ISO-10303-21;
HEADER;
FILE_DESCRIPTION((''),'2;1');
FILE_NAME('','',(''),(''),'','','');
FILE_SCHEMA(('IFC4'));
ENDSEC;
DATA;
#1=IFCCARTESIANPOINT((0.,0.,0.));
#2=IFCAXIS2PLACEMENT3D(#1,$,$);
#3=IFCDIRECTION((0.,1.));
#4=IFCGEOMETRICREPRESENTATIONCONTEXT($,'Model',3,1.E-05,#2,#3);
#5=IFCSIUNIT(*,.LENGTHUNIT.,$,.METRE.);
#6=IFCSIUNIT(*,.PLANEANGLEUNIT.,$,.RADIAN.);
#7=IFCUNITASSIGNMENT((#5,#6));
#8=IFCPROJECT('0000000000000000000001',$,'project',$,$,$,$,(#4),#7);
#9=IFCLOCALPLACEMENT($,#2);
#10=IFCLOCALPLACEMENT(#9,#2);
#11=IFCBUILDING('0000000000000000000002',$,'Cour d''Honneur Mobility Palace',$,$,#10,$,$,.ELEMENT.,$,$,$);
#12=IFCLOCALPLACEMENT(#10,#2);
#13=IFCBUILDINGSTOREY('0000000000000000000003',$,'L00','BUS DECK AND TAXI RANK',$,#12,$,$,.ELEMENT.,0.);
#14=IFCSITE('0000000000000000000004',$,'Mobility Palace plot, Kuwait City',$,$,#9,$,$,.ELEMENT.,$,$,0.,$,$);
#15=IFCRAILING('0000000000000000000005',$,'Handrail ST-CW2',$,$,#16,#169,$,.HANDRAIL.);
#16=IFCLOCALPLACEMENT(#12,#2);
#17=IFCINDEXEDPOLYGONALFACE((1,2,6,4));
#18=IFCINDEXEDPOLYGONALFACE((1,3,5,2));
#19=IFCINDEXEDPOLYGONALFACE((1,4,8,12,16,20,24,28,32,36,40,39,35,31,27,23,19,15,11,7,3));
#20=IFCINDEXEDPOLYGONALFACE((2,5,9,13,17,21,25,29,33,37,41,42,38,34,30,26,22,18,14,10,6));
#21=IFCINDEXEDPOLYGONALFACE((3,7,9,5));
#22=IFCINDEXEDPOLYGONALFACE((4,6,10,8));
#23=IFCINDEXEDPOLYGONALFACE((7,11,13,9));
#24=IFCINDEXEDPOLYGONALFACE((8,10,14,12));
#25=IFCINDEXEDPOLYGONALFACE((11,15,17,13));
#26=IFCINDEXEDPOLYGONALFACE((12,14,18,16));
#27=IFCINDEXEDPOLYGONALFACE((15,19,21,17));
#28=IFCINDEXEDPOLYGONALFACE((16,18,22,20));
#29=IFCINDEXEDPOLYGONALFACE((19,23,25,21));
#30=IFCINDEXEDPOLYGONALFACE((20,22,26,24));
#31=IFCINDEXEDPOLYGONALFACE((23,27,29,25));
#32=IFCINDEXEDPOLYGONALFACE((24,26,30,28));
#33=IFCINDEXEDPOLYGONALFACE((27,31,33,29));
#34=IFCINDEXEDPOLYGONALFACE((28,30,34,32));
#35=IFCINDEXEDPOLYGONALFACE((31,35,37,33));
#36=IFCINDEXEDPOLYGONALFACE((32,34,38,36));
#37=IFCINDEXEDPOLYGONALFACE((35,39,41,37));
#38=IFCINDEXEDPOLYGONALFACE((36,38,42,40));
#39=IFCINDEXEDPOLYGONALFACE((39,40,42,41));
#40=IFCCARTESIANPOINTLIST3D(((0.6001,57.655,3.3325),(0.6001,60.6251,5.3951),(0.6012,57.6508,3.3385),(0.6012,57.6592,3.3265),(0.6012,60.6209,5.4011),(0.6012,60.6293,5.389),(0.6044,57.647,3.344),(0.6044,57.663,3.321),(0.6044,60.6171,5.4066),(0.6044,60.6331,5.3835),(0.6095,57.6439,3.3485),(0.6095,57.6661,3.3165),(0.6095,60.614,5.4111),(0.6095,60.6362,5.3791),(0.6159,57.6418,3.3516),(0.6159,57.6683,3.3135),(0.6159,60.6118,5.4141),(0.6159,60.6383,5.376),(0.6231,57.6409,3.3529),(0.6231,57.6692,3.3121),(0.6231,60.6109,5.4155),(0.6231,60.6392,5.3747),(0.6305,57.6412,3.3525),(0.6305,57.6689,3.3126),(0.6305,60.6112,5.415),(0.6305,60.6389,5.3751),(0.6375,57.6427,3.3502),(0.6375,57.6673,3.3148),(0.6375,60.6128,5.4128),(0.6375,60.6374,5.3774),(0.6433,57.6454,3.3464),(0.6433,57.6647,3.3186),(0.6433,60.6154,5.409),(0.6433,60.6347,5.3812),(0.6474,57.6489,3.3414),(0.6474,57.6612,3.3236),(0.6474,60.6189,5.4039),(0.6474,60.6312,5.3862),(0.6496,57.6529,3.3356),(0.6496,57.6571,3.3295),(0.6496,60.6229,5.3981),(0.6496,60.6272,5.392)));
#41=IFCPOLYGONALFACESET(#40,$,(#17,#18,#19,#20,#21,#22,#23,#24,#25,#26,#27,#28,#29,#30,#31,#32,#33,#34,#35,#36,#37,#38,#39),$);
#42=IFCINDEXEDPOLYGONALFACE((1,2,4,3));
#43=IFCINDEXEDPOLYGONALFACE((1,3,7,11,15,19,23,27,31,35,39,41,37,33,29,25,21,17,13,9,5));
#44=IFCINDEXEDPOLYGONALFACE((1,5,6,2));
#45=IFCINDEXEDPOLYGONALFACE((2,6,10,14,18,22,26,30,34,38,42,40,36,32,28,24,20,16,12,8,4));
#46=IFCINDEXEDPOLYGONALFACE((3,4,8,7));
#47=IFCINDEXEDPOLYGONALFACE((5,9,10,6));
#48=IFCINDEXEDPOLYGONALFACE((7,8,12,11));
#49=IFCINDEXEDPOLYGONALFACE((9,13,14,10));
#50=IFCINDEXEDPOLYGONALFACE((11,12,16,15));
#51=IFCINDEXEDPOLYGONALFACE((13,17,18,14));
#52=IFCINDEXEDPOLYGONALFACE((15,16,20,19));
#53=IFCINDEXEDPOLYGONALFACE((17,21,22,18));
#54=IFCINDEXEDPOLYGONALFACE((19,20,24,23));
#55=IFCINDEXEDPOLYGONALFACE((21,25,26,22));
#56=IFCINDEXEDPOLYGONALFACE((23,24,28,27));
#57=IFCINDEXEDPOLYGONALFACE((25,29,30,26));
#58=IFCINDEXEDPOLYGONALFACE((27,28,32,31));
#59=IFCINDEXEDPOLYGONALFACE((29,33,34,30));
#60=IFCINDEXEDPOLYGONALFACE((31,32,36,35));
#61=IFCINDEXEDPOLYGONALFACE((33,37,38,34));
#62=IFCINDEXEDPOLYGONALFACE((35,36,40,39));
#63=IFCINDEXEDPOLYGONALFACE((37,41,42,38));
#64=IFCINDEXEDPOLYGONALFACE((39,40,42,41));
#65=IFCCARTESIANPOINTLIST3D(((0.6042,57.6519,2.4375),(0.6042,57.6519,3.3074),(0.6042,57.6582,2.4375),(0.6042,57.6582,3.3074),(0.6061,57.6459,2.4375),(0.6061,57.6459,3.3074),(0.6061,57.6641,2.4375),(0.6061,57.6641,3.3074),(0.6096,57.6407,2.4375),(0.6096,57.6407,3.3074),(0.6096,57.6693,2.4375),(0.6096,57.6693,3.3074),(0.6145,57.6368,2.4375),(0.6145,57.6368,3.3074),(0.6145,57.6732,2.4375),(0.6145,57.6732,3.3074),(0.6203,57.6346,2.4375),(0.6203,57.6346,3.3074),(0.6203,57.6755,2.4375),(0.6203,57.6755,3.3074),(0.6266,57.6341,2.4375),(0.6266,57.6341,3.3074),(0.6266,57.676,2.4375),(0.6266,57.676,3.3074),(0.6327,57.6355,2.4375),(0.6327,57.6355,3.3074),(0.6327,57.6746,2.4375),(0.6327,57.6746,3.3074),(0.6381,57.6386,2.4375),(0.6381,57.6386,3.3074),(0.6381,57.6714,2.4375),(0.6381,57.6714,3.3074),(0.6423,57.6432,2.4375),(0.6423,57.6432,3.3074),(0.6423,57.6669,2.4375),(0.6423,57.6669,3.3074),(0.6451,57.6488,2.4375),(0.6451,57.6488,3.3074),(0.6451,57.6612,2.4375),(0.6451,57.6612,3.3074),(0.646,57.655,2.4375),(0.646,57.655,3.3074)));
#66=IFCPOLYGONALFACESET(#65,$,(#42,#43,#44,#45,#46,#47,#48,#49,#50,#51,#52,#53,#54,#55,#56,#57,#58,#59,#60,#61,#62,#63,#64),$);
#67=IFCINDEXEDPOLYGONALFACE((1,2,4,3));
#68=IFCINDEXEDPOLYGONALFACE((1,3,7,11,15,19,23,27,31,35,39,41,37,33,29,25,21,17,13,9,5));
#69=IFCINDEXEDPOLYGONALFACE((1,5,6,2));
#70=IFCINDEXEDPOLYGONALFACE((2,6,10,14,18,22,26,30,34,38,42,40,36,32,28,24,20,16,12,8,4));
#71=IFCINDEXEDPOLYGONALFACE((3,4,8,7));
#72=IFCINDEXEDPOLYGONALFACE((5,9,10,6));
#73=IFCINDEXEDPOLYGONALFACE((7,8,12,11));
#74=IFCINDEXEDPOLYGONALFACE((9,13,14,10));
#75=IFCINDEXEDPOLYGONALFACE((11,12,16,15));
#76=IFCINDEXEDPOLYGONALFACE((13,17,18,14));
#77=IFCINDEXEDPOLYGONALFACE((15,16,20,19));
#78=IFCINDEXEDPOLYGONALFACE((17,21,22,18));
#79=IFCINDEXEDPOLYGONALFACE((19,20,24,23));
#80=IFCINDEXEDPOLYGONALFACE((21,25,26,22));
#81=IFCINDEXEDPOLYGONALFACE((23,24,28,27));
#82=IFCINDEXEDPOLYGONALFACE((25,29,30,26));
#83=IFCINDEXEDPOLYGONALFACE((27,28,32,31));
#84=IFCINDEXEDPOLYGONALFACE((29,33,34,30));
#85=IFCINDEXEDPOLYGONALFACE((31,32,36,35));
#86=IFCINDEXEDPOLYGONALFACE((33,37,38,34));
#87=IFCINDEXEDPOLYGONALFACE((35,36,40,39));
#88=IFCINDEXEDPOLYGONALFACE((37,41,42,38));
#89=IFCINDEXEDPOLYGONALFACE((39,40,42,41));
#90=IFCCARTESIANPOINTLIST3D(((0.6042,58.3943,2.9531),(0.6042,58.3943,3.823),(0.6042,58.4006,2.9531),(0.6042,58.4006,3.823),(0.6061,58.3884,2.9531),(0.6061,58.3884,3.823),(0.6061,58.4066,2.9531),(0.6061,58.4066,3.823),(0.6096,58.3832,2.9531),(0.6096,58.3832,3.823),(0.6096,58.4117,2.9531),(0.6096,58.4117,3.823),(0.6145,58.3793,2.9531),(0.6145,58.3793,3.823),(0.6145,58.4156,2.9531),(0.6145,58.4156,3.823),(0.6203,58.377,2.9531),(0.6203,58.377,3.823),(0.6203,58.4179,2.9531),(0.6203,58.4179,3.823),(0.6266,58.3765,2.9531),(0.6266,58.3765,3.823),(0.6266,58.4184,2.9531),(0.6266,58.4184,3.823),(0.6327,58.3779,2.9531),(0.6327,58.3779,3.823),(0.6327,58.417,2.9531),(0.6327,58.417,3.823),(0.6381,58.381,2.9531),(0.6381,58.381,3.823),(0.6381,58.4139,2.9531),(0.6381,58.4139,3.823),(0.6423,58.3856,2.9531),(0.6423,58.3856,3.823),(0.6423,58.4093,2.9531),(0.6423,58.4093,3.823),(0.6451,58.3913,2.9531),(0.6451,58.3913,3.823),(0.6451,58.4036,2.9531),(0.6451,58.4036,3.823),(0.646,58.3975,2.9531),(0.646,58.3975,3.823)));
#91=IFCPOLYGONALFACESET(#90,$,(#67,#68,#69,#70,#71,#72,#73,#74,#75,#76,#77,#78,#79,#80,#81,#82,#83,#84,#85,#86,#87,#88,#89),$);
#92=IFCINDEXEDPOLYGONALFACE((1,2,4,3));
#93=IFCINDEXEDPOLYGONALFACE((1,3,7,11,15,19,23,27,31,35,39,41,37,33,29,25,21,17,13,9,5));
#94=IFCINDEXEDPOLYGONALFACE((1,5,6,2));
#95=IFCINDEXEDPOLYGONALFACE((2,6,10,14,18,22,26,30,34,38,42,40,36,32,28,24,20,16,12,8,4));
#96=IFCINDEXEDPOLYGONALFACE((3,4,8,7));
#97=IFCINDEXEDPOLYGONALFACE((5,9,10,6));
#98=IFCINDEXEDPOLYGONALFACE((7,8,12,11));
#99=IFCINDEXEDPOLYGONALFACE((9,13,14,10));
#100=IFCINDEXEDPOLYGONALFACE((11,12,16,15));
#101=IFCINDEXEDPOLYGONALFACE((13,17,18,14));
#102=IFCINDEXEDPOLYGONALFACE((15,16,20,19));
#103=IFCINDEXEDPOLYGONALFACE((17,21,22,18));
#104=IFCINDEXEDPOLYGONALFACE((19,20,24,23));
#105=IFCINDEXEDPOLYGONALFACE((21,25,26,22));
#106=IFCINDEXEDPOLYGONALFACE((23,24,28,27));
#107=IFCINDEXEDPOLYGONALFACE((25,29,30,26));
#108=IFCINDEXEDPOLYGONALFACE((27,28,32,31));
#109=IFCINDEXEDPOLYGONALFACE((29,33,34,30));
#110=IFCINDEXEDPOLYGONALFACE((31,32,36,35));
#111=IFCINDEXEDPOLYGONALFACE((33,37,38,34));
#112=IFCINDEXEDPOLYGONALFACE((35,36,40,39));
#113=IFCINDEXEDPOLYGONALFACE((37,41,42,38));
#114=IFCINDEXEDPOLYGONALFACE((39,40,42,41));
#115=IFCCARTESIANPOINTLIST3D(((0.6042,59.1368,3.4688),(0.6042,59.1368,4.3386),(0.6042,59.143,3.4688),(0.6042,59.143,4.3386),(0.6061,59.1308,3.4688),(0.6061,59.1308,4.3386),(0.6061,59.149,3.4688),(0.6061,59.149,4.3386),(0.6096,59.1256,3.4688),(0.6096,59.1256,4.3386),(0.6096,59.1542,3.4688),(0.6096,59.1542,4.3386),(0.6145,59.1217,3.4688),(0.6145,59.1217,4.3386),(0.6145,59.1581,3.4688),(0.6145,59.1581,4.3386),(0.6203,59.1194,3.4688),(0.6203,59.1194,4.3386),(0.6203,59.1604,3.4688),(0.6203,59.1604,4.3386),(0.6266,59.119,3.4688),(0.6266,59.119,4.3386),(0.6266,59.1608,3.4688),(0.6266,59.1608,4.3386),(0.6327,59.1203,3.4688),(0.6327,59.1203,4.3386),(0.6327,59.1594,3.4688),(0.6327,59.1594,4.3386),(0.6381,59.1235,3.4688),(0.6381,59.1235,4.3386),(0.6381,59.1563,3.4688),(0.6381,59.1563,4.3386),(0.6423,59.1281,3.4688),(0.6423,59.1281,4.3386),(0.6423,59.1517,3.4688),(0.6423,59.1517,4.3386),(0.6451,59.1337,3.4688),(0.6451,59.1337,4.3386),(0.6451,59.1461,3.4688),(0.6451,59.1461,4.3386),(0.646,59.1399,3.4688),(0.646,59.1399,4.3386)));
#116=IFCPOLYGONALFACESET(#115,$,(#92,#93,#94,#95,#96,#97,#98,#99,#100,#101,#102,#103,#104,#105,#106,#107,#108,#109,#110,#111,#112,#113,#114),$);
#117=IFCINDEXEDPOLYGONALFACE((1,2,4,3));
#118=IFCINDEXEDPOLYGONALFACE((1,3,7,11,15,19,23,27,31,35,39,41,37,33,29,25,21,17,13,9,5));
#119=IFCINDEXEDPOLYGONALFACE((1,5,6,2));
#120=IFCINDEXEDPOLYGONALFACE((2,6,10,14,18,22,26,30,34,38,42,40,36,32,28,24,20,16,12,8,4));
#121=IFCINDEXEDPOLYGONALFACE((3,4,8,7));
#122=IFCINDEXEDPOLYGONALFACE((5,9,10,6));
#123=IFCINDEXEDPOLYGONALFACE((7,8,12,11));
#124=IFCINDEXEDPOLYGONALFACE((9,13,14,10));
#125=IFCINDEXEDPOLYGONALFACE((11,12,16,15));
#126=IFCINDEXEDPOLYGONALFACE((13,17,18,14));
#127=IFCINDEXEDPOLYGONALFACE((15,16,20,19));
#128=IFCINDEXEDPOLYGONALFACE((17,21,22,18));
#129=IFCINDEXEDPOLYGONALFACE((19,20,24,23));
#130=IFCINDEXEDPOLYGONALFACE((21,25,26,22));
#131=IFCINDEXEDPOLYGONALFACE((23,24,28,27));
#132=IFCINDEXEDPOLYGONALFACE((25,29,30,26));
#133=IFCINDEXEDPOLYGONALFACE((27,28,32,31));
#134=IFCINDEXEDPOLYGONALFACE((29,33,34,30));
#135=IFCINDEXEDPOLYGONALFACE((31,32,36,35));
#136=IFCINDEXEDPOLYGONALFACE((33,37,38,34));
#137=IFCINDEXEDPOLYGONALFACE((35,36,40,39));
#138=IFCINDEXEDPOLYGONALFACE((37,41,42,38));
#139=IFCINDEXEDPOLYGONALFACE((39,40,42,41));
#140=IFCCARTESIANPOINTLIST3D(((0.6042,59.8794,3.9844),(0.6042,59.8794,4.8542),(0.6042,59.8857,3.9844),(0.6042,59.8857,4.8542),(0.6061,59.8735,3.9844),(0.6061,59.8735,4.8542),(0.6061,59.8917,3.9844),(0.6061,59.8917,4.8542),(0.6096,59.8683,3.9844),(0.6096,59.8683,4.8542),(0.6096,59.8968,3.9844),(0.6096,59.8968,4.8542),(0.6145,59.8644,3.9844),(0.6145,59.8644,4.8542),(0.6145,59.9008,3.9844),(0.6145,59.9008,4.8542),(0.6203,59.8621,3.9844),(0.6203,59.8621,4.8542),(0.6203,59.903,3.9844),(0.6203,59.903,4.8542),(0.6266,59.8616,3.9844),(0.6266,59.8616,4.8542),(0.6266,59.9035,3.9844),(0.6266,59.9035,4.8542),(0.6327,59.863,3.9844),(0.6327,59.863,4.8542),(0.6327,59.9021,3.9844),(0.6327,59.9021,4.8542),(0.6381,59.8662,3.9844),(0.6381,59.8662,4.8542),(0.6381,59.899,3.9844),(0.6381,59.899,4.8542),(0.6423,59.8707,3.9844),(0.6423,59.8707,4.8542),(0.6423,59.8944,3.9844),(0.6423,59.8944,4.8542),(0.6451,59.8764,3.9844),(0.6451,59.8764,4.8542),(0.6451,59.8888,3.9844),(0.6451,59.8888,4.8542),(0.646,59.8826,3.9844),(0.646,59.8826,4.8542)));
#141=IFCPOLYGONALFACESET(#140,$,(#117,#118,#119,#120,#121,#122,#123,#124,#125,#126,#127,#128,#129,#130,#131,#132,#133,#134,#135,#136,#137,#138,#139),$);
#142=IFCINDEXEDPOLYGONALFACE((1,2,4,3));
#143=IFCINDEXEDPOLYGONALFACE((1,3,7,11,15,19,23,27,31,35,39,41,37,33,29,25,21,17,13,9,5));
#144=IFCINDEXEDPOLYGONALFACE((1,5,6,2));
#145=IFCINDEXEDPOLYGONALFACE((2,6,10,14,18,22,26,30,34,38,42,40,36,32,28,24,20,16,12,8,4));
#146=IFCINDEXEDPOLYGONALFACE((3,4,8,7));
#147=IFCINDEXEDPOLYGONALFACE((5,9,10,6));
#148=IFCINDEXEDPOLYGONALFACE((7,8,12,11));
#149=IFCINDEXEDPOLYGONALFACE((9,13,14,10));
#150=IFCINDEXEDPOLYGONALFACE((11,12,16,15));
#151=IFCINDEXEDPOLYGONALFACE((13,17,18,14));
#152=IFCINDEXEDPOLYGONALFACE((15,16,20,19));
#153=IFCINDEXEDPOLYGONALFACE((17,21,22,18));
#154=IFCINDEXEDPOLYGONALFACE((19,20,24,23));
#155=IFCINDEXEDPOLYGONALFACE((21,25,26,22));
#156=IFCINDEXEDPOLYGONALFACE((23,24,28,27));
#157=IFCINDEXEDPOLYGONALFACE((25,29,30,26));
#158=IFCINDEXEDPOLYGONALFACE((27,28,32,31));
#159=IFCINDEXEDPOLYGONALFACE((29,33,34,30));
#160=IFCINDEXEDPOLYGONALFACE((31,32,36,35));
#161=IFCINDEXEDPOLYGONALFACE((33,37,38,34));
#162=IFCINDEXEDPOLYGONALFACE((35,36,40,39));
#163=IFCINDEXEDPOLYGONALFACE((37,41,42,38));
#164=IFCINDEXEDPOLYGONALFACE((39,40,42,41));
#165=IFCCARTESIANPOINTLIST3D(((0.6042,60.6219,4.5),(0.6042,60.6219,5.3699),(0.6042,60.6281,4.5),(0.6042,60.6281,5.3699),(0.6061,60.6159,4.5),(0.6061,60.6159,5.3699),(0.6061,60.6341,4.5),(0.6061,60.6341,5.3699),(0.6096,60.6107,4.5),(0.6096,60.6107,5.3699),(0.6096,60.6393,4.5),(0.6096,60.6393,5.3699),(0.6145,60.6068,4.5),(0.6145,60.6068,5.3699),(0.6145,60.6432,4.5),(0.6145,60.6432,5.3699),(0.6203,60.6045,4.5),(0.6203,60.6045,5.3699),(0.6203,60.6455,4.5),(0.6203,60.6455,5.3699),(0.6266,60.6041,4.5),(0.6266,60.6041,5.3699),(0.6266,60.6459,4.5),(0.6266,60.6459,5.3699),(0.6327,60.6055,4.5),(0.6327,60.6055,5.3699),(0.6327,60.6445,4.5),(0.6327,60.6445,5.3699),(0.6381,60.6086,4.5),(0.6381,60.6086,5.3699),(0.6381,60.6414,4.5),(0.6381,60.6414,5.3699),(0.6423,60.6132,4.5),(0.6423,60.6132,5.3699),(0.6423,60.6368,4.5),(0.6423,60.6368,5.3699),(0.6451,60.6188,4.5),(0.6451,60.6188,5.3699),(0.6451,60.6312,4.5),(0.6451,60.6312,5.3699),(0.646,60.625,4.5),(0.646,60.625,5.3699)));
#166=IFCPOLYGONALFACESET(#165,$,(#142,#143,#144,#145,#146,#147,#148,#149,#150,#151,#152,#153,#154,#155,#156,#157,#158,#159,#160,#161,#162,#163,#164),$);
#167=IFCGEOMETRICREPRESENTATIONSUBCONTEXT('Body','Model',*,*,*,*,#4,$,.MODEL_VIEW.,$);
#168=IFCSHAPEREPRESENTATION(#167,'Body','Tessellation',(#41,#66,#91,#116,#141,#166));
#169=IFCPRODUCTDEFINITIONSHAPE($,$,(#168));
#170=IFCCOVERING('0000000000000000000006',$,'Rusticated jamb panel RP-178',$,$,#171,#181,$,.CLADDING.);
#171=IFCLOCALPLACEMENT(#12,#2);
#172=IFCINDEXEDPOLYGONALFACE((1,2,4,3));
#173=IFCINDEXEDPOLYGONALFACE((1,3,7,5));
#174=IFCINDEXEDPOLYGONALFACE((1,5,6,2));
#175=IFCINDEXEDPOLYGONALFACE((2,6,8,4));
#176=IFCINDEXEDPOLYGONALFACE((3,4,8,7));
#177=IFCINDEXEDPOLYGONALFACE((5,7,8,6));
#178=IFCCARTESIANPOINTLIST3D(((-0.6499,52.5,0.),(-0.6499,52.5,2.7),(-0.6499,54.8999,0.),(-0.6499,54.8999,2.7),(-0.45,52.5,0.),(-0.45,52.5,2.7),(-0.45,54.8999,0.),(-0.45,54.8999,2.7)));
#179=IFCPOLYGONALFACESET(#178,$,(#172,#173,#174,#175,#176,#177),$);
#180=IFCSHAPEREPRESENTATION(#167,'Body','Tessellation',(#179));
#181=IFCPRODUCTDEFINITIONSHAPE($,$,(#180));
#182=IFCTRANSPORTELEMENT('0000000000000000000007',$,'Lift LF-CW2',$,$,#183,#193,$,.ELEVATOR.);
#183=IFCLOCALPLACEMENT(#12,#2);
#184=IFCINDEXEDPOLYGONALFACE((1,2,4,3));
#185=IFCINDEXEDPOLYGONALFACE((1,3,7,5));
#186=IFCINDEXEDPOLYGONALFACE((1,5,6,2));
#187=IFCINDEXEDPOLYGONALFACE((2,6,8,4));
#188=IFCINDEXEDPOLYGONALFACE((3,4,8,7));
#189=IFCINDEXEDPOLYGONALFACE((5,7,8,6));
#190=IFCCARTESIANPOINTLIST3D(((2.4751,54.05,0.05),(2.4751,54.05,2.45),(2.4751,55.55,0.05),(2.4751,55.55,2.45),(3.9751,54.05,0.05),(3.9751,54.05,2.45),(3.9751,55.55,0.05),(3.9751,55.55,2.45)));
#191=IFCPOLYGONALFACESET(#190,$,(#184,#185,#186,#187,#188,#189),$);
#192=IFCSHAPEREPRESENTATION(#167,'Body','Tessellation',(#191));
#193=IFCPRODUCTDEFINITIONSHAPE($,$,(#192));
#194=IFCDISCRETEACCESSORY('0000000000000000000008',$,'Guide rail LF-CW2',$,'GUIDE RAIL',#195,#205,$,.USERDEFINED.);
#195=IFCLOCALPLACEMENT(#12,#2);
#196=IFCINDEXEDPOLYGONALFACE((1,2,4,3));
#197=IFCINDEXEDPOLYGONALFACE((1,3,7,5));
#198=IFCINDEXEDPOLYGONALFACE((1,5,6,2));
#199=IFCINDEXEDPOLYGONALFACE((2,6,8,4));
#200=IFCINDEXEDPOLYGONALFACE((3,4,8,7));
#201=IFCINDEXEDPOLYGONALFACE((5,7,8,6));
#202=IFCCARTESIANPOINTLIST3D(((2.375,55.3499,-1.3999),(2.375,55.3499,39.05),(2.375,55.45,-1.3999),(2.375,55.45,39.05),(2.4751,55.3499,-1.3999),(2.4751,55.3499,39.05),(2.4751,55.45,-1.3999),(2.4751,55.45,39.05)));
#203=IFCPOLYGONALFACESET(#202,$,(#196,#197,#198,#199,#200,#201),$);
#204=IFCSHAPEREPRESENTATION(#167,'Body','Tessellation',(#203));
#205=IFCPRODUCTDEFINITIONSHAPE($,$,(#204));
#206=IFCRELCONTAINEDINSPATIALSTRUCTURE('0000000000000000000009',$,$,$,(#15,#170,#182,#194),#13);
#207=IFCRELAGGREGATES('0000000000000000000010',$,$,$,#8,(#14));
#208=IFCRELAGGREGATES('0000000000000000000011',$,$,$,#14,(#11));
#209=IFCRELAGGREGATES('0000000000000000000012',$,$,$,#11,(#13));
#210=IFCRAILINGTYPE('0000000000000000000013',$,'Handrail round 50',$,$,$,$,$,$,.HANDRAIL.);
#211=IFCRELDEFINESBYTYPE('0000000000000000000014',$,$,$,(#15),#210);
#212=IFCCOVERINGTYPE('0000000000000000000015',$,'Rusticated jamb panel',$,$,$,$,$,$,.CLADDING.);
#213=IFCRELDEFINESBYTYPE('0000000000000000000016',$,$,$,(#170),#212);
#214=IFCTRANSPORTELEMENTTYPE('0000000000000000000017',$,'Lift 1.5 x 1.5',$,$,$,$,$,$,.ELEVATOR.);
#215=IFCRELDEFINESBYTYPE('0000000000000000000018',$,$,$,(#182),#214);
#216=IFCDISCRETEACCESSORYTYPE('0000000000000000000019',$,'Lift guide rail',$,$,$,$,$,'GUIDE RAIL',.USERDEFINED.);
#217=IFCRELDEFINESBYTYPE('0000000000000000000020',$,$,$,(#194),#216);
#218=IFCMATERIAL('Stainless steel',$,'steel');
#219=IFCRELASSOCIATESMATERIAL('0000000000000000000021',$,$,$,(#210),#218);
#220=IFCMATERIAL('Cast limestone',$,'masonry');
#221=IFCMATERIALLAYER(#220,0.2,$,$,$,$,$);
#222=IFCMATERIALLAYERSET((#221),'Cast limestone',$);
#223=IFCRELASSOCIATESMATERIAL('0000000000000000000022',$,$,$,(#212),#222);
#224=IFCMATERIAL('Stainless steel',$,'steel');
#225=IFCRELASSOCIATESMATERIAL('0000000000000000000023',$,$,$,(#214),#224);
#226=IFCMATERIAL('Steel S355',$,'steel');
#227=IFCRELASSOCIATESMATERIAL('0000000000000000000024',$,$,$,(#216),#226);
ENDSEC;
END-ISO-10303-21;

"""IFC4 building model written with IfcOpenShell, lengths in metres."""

from ifc_helpers import new_model, si_unit, direction, frame, origin, origin_2d, place, context, subcontext, project, spatial, polyline, rectangle, circle, outline, extrude, material, layer, layer_set, type_object, element, save


model = new_model("IFC4")

# Units and contexts
model_context = context("Model", 3, precision=1e-05, world=origin(), true_north=direction((0.0, 1.0)))
body_context = subcontext(model_context, "Body", "Model", "MODEL_VIEW")
ifc_project = project(units=[si_unit("LENGTHUNIT", "METRE"), si_unit("PLANEANGLEUNIT", "RADIAN")], contexts=[model_context])

# Site, building, storey
site_placement = place(None, origin())
site = spatial("IfcSite", under=ifc_project, at=site_placement, Name="Mobility Palace plot, Kuwait City", CompositionType="ELEMENT", RefElevation=0.0)
building_placement = place(site_placement, origin())
building = spatial("IfcBuilding", under=site, at=building_placement, Name="Cour d'Honneur Mobility Palace", CompositionType="ELEMENT")
storey_placement = place(building_placement, origin())
storey = spatial("IfcBuildingStorey", under=building, at=storey_placement, Name="L00", Description="BUS DECK AND TAXI RANK", CompositionType="ELEMENT", Elevation=0.0)

# Railing
ifc_material_1 = material(Name="Stainless steel", Category="steel")
railing_type_1 = type_object("IfcRailingType", Name="Handrail round 50", PredefinedType="HANDRAIL", material=ifc_material_1)
for number, where, name in (
    (1, (0.625, 57.655, 2.4375), "Handrail ST-CW2"),
):
    element("IfcRailing", number, at=place(storey_placement, frame(where)), inside=storey, type_object=railing_type_1, Name=name, PredefinedType="HANDRAIL", context=body_context, shape_type="SweptSolid", body=[
        extrude(circle(Radius=0.0249, at=origin_2d()), frame((0.0, 0.0, 0.895), z_axis=(0.0, 0.821367, 0.5704), x_axis=(-1.0, 0.0, 0.0)), (0.0, 0.0, 1.0), 3.616),
        extrude(circle(Radius=0.021, at=origin_2d()), origin(), (0.0, 0.0, 1.0), 0.8699),
        extrude(circle(Radius=0.021, at=origin_2d()), frame((0.0, 0.7424, 0.5156)), (0.0, 0.0, 1.0), 0.8699),
        extrude(circle(Radius=0.021, at=origin_2d()), frame((0.0, 1.4849, 1.0312)), (0.0, 0.0, 1.0), 0.8699),
        extrude(circle(Radius=0.021, at=origin_2d()), frame((0.0, 2.2275, 1.5469)), (0.0, 0.0, 1.0), 0.8699),
        extrude(circle(Radius=0.021, at=origin_2d()), frame((0.0, 2.97, 2.0625)), (0.0, 0.0, 1.0), 0.8699),
    ])

# Covering
ifc_material_2 = material(Name="Cast limestone", Category="masonry")
ifc_layer_1 = layer(ifc_material_2, 0.2)
ifc_layer_set_1 = layer_set([ifc_layer_1], Name="Cast limestone")
covering_type_1 = type_object("IfcCoveringType", Name="Rusticated jamb panel", PredefinedType="CLADDING", material=ifc_layer_set_1)
covering_1_placement = place(storey_placement, frame((-0.6499, 54.8999, 0.0), z_axis=(-1.0, 0.0, 0.0), x_axis=(0.0, -1.0, 0.0)))
element("IfcCovering", 2, at=covering_1_placement, inside=storey, type_object=covering_type_1, Name="Rusticated jamb panel RP-178", PredefinedType="CLADDING", context=body_context, shape_type="SweptSolid", body=[
    extrude(outline(polyline([(0.0, 0.0), (2.3999, 0.0), (2.3999, 2.7), (0.0, 2.7), (0.0, 0.0)])), origin(), (0.0, 0.0, -1.0), 0.2),
])

# Transport element
ifc_material_3 = material(Name="Stainless steel", Category="steel")
transport_element_type = type_object("IfcTransportElementType", Name="Lift 1.5 x 1.5", PredefinedType="ELEVATOR", material=ifc_material_3)
transport_element_placement = place(storey_placement, frame((3.2251, 54.8, 0.05), z_axis=(0.0, 0.0, 1.0), x_axis=(1.0, 0.0, 0.0)))
element("IfcTransportElement", 3, at=transport_element_placement, inside=storey, type_object=transport_element_type, Name="Lift LF-CW2", PredefinedType="ELEVATOR", context=body_context, shape_type="SweptSolid", body=[
    extrude(rectangle(XDim=1.5, YDim=1.5, at=origin_2d()), origin(), (0.0, 0.0, 1.0), 2.3999),
])

# Discrete accessory
ifc_material_4 = material(Name="Steel S355", Category="steel")
discrete_accessory_type = type_object("IfcDiscreteAccessoryType", Name="Lift guide rail", ElementType="GUIDE RAIL", PredefinedType="USERDEFINED", material=ifc_material_4)
for number, where, z_axis, x_axis, name in (
    (4, (2.425, 55.3999, -1.3999), (0.0, 0.0, 1.0), (1.0, 0.0, 0.0), "Guide rail LF-CW2"),
):
    element("IfcDiscreteAccessory", number, at=place(storey_placement, frame(where, z_axis=z_axis, x_axis=x_axis)), inside=storey, type_object=discrete_accessory_type, Name=name, ObjectType="GUIDE RAIL", PredefinedType="USERDEFINED", context=body_context, shape_type="SweptSolid", body=[
        extrude(rectangle(XDim=0.1001, YDim=0.1001, at=origin_2d()), origin(), (0.0, 0.0, 1.0), 40.45),
    ])

save(model, "model.ifc")
